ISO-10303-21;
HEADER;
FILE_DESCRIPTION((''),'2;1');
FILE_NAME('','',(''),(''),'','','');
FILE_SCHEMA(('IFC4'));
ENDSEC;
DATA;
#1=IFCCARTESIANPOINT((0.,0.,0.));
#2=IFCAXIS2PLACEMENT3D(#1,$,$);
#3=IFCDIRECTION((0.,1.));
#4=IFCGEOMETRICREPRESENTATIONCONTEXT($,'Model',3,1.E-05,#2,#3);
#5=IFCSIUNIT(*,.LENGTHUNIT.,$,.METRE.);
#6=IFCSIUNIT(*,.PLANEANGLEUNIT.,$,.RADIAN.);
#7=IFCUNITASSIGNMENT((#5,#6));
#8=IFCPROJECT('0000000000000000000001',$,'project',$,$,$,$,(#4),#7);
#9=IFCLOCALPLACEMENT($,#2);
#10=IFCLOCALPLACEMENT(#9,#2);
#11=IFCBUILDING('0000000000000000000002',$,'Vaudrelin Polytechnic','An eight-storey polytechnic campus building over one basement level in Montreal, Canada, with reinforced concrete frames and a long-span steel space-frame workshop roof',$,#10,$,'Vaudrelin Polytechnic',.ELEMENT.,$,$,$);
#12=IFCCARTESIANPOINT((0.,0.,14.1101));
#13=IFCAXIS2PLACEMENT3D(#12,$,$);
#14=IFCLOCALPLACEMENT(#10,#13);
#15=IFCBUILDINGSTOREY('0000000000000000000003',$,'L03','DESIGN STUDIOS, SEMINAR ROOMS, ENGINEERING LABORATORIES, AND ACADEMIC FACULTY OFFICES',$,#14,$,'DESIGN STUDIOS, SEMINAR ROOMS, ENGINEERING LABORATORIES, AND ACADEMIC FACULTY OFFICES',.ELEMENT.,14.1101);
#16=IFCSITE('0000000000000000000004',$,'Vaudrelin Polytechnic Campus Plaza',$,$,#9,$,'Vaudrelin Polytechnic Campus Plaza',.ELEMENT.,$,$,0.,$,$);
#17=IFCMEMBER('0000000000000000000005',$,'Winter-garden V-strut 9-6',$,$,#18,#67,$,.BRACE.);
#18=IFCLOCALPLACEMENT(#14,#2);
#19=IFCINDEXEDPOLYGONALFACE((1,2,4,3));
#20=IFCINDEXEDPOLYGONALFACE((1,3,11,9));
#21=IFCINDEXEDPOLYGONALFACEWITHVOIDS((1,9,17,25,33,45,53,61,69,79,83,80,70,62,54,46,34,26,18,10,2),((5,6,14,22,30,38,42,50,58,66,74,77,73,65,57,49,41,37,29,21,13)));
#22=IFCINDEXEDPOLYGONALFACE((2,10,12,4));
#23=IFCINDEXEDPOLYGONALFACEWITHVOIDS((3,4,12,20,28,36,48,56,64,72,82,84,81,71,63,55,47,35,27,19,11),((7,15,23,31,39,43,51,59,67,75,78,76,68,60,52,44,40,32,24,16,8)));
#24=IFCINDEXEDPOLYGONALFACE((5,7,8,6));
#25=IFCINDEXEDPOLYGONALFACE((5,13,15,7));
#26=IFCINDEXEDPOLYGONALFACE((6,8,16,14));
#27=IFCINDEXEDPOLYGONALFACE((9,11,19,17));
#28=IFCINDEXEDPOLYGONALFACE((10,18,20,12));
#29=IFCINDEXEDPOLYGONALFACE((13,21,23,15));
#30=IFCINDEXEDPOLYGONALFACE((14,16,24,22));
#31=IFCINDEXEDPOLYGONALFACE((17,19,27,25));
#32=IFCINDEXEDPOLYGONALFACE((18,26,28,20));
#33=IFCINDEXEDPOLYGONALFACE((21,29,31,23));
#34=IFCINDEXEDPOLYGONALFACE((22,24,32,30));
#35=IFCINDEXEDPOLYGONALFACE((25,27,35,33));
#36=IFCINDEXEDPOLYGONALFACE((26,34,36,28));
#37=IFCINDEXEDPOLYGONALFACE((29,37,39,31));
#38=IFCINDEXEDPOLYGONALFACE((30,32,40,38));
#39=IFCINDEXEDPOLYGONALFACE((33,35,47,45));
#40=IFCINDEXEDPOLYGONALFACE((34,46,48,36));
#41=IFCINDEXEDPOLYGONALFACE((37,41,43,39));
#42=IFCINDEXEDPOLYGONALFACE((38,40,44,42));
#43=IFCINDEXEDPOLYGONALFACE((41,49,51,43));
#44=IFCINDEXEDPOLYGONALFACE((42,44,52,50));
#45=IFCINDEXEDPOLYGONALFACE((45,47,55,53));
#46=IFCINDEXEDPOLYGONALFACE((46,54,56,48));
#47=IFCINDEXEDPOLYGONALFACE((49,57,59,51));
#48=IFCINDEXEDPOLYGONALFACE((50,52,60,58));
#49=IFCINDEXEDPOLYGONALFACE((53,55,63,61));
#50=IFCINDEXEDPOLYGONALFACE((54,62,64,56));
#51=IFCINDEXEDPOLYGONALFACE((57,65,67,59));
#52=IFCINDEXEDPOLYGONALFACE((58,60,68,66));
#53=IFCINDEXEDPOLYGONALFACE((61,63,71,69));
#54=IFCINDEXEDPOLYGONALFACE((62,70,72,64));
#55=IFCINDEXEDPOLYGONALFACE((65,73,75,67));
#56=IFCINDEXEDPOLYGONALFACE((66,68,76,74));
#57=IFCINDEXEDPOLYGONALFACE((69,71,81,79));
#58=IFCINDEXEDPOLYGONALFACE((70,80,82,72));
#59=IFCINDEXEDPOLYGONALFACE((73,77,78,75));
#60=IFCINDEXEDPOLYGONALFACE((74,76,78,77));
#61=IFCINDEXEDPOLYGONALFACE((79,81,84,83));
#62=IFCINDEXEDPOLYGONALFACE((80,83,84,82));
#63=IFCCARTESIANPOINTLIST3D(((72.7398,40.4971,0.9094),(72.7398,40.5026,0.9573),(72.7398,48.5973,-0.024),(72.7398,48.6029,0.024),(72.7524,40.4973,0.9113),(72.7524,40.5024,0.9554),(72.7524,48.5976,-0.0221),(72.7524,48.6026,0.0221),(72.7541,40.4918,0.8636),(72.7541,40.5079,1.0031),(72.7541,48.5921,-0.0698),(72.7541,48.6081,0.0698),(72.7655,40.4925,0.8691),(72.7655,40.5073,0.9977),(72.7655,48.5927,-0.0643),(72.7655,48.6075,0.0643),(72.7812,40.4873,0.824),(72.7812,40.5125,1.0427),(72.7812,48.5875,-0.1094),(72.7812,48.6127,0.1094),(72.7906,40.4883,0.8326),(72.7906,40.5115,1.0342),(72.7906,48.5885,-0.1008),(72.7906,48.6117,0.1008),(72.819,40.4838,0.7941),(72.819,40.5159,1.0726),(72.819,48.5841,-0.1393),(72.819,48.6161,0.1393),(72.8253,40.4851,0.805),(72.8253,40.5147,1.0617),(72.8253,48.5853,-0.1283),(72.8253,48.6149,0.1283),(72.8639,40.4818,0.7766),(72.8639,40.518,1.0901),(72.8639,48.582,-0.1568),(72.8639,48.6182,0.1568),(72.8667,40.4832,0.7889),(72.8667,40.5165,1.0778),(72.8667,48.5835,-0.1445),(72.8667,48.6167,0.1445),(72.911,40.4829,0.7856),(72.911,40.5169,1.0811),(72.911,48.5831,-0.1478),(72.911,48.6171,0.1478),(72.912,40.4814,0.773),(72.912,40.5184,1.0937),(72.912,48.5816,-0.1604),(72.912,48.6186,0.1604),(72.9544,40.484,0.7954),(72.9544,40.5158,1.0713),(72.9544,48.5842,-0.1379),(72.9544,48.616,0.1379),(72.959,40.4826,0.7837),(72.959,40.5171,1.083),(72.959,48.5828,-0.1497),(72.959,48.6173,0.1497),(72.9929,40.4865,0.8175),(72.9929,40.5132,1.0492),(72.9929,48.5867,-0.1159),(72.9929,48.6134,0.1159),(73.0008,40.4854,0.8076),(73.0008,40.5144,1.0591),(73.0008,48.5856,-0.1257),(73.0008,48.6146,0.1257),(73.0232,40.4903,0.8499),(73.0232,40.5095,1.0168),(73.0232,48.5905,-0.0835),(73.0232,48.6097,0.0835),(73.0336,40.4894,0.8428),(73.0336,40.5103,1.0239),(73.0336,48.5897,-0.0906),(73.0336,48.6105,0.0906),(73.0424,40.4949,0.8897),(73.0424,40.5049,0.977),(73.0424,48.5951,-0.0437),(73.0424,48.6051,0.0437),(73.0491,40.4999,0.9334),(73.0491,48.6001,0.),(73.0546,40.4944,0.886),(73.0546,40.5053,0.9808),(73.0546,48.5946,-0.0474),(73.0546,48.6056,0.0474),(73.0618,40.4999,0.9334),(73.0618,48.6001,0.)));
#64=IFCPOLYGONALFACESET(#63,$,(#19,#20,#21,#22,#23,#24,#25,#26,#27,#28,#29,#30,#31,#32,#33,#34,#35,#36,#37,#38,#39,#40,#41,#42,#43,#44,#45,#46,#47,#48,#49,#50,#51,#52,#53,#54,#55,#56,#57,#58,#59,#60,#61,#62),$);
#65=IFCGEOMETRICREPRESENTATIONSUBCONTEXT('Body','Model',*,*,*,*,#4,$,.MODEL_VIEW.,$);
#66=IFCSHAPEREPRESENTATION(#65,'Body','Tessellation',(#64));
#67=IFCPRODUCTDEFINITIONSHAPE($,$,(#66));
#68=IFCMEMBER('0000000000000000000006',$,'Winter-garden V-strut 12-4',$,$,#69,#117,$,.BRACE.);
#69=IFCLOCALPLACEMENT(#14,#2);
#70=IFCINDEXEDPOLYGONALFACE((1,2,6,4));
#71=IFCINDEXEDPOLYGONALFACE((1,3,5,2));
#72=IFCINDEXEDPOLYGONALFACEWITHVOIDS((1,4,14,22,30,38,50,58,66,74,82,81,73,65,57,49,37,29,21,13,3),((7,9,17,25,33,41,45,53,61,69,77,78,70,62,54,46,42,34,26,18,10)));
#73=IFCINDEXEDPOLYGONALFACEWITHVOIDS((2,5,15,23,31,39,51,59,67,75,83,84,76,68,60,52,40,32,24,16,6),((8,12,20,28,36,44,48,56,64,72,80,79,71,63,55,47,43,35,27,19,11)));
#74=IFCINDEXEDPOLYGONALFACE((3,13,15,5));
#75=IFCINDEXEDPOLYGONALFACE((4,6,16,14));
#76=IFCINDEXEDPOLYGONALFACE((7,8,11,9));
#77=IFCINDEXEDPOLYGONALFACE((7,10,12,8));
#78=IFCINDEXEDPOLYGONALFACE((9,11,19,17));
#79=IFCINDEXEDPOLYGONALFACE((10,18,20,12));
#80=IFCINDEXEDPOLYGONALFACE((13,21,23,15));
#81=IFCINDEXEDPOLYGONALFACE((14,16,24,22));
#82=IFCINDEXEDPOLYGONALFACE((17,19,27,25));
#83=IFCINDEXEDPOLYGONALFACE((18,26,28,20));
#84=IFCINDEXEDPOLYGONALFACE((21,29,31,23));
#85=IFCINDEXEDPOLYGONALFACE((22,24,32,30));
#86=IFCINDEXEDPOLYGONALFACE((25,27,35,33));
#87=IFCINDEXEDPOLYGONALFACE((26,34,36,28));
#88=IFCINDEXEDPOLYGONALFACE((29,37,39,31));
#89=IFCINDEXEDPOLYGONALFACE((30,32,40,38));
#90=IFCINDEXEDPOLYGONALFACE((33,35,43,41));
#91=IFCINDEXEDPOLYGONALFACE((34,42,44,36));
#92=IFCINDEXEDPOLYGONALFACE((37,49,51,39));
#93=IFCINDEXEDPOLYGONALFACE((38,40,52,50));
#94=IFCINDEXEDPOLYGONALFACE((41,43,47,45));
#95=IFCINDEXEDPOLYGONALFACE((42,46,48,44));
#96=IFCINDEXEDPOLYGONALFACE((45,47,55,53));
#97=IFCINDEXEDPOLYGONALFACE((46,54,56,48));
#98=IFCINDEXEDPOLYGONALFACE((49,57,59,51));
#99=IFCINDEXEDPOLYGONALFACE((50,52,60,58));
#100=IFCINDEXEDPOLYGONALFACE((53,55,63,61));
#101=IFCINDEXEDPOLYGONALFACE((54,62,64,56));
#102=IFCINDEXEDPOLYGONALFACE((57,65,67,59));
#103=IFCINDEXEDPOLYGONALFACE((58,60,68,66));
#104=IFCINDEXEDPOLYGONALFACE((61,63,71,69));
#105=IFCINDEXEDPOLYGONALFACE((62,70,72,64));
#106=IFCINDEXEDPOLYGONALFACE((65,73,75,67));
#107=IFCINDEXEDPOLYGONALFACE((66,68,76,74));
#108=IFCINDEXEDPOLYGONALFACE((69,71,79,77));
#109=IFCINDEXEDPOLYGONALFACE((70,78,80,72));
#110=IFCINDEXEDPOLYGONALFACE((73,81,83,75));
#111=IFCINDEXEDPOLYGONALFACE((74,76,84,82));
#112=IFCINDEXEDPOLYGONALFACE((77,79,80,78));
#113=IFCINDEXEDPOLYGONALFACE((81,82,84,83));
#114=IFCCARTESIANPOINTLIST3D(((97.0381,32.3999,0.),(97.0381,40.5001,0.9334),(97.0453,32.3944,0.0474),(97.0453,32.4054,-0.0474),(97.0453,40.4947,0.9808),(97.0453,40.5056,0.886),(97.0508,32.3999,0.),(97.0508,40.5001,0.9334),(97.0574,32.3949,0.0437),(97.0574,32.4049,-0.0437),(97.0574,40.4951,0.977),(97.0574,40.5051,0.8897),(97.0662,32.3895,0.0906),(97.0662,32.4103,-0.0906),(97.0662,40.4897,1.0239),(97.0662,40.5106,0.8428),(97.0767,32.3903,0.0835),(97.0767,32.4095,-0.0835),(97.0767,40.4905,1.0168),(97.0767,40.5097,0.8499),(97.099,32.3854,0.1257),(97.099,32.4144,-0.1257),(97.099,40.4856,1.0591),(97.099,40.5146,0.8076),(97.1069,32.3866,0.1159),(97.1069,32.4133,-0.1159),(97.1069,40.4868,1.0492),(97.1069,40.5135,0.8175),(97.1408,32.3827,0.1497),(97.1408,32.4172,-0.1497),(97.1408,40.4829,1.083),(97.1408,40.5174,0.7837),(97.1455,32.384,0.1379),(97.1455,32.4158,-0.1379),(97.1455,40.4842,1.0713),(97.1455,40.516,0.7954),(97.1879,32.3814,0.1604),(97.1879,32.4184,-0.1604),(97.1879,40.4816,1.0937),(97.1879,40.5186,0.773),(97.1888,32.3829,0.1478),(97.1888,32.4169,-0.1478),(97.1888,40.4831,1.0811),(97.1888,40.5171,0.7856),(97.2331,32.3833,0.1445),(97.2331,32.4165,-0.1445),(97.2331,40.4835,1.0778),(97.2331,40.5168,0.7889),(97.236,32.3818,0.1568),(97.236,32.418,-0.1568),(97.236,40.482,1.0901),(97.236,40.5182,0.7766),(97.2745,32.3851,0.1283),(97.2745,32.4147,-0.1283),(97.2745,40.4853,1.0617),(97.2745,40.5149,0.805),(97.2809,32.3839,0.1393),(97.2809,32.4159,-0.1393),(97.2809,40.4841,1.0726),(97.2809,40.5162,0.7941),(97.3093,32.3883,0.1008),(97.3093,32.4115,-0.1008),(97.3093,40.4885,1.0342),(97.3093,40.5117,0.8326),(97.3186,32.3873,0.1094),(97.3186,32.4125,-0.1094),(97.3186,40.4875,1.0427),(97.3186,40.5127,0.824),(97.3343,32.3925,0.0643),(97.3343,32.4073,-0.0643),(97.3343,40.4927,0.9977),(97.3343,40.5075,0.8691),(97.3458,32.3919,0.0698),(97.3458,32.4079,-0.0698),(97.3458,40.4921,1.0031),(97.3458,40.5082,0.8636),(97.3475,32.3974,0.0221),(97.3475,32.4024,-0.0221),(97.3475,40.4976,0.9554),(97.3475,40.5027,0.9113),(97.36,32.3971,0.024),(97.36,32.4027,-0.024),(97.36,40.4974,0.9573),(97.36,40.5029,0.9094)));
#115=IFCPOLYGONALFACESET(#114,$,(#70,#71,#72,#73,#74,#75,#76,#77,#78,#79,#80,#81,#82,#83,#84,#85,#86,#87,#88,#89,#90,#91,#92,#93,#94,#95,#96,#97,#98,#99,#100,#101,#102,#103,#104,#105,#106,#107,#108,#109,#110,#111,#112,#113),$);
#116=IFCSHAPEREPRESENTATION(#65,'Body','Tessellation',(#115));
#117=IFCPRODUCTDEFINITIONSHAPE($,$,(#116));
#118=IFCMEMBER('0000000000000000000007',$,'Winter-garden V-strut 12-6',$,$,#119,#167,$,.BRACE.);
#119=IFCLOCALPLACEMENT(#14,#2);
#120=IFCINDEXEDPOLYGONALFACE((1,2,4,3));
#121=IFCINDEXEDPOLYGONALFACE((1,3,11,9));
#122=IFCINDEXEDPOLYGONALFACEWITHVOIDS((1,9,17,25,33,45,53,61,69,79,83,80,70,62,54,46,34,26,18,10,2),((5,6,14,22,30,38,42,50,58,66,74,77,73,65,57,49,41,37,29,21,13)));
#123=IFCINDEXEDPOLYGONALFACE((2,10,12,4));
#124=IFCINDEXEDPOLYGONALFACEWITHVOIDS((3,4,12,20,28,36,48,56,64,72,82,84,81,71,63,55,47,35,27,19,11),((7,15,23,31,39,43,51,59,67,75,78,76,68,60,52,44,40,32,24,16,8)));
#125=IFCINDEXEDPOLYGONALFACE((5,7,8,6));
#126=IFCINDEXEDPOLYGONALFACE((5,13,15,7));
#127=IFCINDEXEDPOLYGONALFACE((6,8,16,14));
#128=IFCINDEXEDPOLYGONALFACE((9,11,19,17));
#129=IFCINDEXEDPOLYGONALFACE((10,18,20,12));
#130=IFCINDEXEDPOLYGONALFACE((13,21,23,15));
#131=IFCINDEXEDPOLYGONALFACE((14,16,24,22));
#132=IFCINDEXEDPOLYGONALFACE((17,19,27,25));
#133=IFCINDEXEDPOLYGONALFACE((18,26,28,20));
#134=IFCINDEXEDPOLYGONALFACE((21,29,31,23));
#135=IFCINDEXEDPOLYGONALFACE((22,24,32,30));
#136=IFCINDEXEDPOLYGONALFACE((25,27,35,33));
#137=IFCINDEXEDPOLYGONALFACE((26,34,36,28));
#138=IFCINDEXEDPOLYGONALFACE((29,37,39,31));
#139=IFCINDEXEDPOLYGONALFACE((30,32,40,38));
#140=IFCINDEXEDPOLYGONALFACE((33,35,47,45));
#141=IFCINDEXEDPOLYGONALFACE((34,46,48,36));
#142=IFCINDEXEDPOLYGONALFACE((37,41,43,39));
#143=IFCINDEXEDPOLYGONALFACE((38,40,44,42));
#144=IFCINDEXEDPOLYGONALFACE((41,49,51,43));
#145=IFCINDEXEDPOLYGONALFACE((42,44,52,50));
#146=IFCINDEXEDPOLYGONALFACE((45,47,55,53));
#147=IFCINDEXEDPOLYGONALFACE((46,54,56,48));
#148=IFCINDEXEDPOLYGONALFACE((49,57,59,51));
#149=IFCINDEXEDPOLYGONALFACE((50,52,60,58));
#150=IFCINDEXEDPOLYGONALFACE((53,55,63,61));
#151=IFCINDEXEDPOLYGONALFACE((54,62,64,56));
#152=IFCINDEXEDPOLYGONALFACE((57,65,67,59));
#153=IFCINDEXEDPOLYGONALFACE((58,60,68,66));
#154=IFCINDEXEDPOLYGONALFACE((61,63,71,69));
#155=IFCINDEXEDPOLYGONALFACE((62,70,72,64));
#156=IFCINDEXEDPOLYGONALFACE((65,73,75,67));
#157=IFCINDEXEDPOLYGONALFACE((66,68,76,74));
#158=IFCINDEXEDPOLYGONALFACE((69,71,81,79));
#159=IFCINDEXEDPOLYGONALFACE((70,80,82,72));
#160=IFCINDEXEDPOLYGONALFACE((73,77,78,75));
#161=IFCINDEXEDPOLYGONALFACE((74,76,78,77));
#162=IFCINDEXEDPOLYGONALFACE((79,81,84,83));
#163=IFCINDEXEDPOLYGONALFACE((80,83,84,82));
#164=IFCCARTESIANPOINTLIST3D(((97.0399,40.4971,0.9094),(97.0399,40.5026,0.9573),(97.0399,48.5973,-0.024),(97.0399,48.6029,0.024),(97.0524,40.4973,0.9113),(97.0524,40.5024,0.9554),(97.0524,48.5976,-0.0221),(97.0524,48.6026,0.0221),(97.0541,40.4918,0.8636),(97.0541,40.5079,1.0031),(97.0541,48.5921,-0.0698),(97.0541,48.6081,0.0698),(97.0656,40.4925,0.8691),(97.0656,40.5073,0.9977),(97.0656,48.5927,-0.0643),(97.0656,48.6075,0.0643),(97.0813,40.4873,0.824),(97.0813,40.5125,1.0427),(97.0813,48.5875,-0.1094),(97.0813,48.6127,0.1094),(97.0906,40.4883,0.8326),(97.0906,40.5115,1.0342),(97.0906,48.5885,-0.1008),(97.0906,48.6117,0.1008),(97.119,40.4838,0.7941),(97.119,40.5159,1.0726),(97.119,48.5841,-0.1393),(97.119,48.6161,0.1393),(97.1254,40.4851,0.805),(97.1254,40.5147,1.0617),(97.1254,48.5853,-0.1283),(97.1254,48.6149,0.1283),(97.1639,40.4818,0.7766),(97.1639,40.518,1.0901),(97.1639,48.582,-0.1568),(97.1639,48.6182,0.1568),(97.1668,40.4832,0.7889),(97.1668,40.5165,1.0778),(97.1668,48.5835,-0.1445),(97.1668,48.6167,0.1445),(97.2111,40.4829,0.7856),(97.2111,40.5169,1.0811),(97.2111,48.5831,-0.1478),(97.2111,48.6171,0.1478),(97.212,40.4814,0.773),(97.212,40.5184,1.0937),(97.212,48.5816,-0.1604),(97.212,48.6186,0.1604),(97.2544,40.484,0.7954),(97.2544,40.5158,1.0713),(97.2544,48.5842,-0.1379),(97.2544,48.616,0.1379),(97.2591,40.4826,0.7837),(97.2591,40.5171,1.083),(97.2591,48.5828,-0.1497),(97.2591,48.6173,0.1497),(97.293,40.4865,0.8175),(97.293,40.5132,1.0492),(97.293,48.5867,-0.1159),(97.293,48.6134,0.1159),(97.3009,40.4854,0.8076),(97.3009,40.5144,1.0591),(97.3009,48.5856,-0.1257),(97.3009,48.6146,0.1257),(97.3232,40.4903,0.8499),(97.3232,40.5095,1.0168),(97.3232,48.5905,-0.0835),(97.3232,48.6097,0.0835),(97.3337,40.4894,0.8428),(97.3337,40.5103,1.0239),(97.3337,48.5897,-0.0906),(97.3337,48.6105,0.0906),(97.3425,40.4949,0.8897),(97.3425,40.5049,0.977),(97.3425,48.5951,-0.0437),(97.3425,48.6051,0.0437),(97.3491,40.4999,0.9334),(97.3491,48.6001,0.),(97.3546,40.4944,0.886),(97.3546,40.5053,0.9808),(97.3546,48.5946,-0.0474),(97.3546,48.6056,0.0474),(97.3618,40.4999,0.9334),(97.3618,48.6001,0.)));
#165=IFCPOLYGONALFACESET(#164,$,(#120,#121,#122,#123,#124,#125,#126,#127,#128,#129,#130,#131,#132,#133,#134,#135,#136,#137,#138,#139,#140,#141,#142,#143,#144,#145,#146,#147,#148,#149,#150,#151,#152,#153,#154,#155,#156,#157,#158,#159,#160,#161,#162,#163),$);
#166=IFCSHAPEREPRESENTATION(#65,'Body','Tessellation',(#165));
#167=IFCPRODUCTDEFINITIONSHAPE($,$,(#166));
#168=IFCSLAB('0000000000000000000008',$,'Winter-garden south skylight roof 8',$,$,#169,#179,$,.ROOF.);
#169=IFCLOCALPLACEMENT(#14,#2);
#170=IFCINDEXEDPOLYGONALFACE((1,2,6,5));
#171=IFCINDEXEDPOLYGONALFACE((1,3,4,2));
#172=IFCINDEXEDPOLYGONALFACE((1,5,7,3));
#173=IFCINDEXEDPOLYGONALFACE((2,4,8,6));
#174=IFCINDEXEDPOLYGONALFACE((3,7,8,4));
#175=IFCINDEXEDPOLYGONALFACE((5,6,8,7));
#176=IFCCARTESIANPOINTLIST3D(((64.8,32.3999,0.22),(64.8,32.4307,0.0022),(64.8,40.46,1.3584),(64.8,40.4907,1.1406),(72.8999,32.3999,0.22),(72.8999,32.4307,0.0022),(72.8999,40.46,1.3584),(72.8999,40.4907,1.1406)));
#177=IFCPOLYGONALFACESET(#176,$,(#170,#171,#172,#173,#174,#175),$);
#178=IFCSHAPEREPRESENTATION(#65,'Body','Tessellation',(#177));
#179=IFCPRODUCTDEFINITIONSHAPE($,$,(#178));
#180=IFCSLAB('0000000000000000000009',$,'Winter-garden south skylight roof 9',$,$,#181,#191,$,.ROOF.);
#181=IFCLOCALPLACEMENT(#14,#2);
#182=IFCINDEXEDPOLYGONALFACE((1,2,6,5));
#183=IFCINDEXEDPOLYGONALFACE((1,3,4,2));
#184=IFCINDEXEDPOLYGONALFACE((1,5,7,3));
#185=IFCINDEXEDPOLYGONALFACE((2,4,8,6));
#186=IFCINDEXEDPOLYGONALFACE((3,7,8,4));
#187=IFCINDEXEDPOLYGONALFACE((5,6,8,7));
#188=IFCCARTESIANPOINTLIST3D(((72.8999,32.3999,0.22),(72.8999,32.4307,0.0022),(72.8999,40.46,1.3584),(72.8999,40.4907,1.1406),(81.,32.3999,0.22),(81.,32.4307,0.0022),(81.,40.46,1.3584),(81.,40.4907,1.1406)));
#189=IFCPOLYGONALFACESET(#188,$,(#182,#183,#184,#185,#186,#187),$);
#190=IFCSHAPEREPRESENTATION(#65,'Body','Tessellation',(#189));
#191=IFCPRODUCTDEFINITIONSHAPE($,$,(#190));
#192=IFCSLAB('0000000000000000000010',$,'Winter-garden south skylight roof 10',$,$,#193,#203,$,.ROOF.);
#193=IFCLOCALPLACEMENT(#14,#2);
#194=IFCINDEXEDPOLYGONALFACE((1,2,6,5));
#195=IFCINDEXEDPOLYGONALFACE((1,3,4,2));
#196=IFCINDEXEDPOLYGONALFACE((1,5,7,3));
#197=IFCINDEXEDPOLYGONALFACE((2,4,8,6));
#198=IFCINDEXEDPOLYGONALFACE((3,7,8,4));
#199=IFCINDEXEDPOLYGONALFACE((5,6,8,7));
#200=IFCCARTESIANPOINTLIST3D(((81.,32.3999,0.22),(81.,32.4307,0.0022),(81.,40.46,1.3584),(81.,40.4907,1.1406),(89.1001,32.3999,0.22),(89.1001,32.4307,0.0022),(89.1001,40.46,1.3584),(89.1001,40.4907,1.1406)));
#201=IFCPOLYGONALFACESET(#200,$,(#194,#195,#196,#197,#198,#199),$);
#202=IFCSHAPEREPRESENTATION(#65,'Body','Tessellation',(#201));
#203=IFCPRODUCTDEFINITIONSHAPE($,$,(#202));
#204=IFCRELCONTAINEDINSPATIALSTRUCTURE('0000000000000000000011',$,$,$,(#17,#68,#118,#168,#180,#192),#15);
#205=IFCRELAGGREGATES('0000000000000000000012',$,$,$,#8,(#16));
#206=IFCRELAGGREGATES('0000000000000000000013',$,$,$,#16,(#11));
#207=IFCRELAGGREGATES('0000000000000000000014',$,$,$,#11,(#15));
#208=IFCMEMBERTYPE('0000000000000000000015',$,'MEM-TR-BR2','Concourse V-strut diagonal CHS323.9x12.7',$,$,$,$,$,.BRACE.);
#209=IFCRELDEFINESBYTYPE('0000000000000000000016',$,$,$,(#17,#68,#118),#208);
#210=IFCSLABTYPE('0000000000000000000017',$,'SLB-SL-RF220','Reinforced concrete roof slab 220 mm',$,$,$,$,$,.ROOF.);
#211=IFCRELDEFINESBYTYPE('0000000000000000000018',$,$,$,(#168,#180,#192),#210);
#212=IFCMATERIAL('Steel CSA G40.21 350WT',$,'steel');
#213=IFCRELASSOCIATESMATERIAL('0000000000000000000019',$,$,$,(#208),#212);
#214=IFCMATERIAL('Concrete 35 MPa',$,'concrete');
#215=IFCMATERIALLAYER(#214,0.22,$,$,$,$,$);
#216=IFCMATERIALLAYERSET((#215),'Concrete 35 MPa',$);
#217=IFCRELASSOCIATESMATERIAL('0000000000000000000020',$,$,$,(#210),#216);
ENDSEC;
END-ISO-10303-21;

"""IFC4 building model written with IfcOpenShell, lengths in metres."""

from ifc_helpers import new_model, si_unit, direction, frame, origin, origin_2d, place, context, subcontext, project, spatial, polyline, hollow_circle, outline, extrude, material, layer, layer_set, material_profile, profile_set, type_object, element, save


model = new_model("IFC4")

# Units and contexts
model_context = context("Model", 3, precision=1e-05, world=origin(), true_north=direction((0.0, 1.0)))
body_context = subcontext(model_context, "Body", "Model", "MODEL_VIEW")
ifc_project = project(units=[si_unit("LENGTHUNIT", "METRE"), si_unit("PLANEANGLEUNIT", "RADIAN")], contexts=[model_context])

# Site, building, storey
site_placement = place(None, origin())
site = spatial("IfcSite", under=ifc_project, at=site_placement, Name="Vaudrelin Polytechnic Campus Plaza", LongName="Vaudrelin Polytechnic Campus Plaza", CompositionType="ELEMENT", RefElevation=0.0)
building_placement = place(site_placement, origin())
building = spatial("IfcBuilding", under=site, at=building_placement, Name="Vaudrelin Polytechnic", Description="An eight-storey polytechnic campus building over one basement level in Montreal, Canada, with reinforced concrete frames and a long-span steel space-frame workshop roof", LongName="Vaudrelin Polytechnic", CompositionType="ELEMENT")
storey_placement = place(building_placement, frame((0.0, 0.0, 14.1101)))
storey = spatial("IfcBuildingStorey", under=building, at=storey_placement, Name="L03", Description="DESIGN STUDIOS, SEMINAR ROOMS, ENGINEERING LABORATORIES, AND ACADEMIC FACULTY OFFICES", LongName="DESIGN STUDIOS, SEMINAR ROOMS, ENGINEERING LABORATORIES, AND ACADEMIC FACULTY OFFICES", CompositionType="ELEMENT", Elevation=14.1101)

# Members
ifc_material_1 = material(Name="Steel CSA G40.21 350WT", Category="steel")
ifc_material_profile_1 = material_profile(ifc_material_1, hollow_circle(Radius=0.1619, WallThickness=0.0127, at=origin_2d()), Name="CHS323.9x12.7")
ifc_profile_set_1 = profile_set([ifc_material_profile_1], Name="Steel CSA G40.21 350WT")
member_type = type_object("IfcMemberType", Name="MEM-TR-BR2", Description="Concourse V-strut diagonal CHS323.9x12.7", PredefinedType="BRACE", material=ifc_profile_set_1)
for number, where, z_axis, x_axis, name in (
    (1, (72.8999, 48.6001, 0.0), (0.0, -0.993427, 0.11447), (1.0, 0.0, 0.0), "Winter-garden V-strut 9-6"),
    (2, (97.2, 32.3999, 0.0), (0.0, 0.993427, 0.11447), (-1.0, 0.0, 0.0), "Winter-garden V-strut 12-4"),
    (3, (97.2, 48.6001, 0.0), (0.0, -0.993427, 0.11447), (1.0, 0.0, 0.0), "Winter-garden V-strut 12-6"),
):
    element("IfcMember", number, at=place(storey_placement, frame(where, z_axis=z_axis, x_axis=x_axis)), inside=storey, type_object=member_type, Name=name, PredefinedType="BRACE", context=body_context, shape_type="SweptSolid", body=[
        extrude(hollow_circle(Radius=0.1619, WallThickness=0.0127, at=origin_2d()), origin(), (0.0, 0.0, 1.0), 8.1538),
    ])

# Slabs
ifc_material_2 = material(Name="Concrete 35 MPa", Category="concrete")
ifc_layer_1 = layer(ifc_material_2, 0.22)
ifc_layer_set_1 = layer_set([ifc_layer_1], Name="Concrete 35 MPa")
slab_type_1 = type_object("IfcSlabType", Name="SLB-SL-RF220", Description="Reinforced concrete roof slab 220 mm", PredefinedType="ROOF", material=ifc_layer_set_1)
slab_1_placement = place(storey_placement, frame((64.8, 32.3999, 0.22), z_axis=(0.0, -0.139855, 0.990172), x_axis=(1.0, 0.0, 0.0)))
element("IfcSlab", 4, at=slab_1_placement, inside=storey, type_object=slab_type_1, Name="Winter-garden south skylight roof 8", PredefinedType="ROOF", context=body_context, shape_type="SweptSolid", body=[
    extrude(outline(polyline([(0.0, 0.0), (8.0999, 0.0), (8.0999, 8.1401), (0.0, 8.1401), (0.0, 0.0)])), origin(), (0.0, 0.0, -1.0), 0.22),
])
for number, where, z_axis, x_axis, name in (
    (5, (72.8999, 32.3999, 0.22), (0.0, -0.139855, 0.990172), (1.0, 0.0, 0.0), "Winter-garden south skylight roof 9"),
    (6, (81.0, 32.3999, 0.22), (0.0, -0.139855, 0.990172), (1.0, 0.0, 0.0), "Winter-garden south skylight roof 10"),
):
    element("IfcSlab", number, at=place(storey_placement, frame(where, z_axis=z_axis, x_axis=x_axis)), inside=storey, type_object=slab_type_1, Name=name, PredefinedType="ROOF", context=body_context, shape_type="SweptSolid", body=[
        extrude(outline(polyline([(0.0, 0.0), (8.1001, 0.0), (8.1001, 8.1401), (0.0, 8.1401), (0.0, 0.0)])), origin(), (0.0, 0.0, -1.0), 0.22),
    ])

save(model, "model.ifc")
